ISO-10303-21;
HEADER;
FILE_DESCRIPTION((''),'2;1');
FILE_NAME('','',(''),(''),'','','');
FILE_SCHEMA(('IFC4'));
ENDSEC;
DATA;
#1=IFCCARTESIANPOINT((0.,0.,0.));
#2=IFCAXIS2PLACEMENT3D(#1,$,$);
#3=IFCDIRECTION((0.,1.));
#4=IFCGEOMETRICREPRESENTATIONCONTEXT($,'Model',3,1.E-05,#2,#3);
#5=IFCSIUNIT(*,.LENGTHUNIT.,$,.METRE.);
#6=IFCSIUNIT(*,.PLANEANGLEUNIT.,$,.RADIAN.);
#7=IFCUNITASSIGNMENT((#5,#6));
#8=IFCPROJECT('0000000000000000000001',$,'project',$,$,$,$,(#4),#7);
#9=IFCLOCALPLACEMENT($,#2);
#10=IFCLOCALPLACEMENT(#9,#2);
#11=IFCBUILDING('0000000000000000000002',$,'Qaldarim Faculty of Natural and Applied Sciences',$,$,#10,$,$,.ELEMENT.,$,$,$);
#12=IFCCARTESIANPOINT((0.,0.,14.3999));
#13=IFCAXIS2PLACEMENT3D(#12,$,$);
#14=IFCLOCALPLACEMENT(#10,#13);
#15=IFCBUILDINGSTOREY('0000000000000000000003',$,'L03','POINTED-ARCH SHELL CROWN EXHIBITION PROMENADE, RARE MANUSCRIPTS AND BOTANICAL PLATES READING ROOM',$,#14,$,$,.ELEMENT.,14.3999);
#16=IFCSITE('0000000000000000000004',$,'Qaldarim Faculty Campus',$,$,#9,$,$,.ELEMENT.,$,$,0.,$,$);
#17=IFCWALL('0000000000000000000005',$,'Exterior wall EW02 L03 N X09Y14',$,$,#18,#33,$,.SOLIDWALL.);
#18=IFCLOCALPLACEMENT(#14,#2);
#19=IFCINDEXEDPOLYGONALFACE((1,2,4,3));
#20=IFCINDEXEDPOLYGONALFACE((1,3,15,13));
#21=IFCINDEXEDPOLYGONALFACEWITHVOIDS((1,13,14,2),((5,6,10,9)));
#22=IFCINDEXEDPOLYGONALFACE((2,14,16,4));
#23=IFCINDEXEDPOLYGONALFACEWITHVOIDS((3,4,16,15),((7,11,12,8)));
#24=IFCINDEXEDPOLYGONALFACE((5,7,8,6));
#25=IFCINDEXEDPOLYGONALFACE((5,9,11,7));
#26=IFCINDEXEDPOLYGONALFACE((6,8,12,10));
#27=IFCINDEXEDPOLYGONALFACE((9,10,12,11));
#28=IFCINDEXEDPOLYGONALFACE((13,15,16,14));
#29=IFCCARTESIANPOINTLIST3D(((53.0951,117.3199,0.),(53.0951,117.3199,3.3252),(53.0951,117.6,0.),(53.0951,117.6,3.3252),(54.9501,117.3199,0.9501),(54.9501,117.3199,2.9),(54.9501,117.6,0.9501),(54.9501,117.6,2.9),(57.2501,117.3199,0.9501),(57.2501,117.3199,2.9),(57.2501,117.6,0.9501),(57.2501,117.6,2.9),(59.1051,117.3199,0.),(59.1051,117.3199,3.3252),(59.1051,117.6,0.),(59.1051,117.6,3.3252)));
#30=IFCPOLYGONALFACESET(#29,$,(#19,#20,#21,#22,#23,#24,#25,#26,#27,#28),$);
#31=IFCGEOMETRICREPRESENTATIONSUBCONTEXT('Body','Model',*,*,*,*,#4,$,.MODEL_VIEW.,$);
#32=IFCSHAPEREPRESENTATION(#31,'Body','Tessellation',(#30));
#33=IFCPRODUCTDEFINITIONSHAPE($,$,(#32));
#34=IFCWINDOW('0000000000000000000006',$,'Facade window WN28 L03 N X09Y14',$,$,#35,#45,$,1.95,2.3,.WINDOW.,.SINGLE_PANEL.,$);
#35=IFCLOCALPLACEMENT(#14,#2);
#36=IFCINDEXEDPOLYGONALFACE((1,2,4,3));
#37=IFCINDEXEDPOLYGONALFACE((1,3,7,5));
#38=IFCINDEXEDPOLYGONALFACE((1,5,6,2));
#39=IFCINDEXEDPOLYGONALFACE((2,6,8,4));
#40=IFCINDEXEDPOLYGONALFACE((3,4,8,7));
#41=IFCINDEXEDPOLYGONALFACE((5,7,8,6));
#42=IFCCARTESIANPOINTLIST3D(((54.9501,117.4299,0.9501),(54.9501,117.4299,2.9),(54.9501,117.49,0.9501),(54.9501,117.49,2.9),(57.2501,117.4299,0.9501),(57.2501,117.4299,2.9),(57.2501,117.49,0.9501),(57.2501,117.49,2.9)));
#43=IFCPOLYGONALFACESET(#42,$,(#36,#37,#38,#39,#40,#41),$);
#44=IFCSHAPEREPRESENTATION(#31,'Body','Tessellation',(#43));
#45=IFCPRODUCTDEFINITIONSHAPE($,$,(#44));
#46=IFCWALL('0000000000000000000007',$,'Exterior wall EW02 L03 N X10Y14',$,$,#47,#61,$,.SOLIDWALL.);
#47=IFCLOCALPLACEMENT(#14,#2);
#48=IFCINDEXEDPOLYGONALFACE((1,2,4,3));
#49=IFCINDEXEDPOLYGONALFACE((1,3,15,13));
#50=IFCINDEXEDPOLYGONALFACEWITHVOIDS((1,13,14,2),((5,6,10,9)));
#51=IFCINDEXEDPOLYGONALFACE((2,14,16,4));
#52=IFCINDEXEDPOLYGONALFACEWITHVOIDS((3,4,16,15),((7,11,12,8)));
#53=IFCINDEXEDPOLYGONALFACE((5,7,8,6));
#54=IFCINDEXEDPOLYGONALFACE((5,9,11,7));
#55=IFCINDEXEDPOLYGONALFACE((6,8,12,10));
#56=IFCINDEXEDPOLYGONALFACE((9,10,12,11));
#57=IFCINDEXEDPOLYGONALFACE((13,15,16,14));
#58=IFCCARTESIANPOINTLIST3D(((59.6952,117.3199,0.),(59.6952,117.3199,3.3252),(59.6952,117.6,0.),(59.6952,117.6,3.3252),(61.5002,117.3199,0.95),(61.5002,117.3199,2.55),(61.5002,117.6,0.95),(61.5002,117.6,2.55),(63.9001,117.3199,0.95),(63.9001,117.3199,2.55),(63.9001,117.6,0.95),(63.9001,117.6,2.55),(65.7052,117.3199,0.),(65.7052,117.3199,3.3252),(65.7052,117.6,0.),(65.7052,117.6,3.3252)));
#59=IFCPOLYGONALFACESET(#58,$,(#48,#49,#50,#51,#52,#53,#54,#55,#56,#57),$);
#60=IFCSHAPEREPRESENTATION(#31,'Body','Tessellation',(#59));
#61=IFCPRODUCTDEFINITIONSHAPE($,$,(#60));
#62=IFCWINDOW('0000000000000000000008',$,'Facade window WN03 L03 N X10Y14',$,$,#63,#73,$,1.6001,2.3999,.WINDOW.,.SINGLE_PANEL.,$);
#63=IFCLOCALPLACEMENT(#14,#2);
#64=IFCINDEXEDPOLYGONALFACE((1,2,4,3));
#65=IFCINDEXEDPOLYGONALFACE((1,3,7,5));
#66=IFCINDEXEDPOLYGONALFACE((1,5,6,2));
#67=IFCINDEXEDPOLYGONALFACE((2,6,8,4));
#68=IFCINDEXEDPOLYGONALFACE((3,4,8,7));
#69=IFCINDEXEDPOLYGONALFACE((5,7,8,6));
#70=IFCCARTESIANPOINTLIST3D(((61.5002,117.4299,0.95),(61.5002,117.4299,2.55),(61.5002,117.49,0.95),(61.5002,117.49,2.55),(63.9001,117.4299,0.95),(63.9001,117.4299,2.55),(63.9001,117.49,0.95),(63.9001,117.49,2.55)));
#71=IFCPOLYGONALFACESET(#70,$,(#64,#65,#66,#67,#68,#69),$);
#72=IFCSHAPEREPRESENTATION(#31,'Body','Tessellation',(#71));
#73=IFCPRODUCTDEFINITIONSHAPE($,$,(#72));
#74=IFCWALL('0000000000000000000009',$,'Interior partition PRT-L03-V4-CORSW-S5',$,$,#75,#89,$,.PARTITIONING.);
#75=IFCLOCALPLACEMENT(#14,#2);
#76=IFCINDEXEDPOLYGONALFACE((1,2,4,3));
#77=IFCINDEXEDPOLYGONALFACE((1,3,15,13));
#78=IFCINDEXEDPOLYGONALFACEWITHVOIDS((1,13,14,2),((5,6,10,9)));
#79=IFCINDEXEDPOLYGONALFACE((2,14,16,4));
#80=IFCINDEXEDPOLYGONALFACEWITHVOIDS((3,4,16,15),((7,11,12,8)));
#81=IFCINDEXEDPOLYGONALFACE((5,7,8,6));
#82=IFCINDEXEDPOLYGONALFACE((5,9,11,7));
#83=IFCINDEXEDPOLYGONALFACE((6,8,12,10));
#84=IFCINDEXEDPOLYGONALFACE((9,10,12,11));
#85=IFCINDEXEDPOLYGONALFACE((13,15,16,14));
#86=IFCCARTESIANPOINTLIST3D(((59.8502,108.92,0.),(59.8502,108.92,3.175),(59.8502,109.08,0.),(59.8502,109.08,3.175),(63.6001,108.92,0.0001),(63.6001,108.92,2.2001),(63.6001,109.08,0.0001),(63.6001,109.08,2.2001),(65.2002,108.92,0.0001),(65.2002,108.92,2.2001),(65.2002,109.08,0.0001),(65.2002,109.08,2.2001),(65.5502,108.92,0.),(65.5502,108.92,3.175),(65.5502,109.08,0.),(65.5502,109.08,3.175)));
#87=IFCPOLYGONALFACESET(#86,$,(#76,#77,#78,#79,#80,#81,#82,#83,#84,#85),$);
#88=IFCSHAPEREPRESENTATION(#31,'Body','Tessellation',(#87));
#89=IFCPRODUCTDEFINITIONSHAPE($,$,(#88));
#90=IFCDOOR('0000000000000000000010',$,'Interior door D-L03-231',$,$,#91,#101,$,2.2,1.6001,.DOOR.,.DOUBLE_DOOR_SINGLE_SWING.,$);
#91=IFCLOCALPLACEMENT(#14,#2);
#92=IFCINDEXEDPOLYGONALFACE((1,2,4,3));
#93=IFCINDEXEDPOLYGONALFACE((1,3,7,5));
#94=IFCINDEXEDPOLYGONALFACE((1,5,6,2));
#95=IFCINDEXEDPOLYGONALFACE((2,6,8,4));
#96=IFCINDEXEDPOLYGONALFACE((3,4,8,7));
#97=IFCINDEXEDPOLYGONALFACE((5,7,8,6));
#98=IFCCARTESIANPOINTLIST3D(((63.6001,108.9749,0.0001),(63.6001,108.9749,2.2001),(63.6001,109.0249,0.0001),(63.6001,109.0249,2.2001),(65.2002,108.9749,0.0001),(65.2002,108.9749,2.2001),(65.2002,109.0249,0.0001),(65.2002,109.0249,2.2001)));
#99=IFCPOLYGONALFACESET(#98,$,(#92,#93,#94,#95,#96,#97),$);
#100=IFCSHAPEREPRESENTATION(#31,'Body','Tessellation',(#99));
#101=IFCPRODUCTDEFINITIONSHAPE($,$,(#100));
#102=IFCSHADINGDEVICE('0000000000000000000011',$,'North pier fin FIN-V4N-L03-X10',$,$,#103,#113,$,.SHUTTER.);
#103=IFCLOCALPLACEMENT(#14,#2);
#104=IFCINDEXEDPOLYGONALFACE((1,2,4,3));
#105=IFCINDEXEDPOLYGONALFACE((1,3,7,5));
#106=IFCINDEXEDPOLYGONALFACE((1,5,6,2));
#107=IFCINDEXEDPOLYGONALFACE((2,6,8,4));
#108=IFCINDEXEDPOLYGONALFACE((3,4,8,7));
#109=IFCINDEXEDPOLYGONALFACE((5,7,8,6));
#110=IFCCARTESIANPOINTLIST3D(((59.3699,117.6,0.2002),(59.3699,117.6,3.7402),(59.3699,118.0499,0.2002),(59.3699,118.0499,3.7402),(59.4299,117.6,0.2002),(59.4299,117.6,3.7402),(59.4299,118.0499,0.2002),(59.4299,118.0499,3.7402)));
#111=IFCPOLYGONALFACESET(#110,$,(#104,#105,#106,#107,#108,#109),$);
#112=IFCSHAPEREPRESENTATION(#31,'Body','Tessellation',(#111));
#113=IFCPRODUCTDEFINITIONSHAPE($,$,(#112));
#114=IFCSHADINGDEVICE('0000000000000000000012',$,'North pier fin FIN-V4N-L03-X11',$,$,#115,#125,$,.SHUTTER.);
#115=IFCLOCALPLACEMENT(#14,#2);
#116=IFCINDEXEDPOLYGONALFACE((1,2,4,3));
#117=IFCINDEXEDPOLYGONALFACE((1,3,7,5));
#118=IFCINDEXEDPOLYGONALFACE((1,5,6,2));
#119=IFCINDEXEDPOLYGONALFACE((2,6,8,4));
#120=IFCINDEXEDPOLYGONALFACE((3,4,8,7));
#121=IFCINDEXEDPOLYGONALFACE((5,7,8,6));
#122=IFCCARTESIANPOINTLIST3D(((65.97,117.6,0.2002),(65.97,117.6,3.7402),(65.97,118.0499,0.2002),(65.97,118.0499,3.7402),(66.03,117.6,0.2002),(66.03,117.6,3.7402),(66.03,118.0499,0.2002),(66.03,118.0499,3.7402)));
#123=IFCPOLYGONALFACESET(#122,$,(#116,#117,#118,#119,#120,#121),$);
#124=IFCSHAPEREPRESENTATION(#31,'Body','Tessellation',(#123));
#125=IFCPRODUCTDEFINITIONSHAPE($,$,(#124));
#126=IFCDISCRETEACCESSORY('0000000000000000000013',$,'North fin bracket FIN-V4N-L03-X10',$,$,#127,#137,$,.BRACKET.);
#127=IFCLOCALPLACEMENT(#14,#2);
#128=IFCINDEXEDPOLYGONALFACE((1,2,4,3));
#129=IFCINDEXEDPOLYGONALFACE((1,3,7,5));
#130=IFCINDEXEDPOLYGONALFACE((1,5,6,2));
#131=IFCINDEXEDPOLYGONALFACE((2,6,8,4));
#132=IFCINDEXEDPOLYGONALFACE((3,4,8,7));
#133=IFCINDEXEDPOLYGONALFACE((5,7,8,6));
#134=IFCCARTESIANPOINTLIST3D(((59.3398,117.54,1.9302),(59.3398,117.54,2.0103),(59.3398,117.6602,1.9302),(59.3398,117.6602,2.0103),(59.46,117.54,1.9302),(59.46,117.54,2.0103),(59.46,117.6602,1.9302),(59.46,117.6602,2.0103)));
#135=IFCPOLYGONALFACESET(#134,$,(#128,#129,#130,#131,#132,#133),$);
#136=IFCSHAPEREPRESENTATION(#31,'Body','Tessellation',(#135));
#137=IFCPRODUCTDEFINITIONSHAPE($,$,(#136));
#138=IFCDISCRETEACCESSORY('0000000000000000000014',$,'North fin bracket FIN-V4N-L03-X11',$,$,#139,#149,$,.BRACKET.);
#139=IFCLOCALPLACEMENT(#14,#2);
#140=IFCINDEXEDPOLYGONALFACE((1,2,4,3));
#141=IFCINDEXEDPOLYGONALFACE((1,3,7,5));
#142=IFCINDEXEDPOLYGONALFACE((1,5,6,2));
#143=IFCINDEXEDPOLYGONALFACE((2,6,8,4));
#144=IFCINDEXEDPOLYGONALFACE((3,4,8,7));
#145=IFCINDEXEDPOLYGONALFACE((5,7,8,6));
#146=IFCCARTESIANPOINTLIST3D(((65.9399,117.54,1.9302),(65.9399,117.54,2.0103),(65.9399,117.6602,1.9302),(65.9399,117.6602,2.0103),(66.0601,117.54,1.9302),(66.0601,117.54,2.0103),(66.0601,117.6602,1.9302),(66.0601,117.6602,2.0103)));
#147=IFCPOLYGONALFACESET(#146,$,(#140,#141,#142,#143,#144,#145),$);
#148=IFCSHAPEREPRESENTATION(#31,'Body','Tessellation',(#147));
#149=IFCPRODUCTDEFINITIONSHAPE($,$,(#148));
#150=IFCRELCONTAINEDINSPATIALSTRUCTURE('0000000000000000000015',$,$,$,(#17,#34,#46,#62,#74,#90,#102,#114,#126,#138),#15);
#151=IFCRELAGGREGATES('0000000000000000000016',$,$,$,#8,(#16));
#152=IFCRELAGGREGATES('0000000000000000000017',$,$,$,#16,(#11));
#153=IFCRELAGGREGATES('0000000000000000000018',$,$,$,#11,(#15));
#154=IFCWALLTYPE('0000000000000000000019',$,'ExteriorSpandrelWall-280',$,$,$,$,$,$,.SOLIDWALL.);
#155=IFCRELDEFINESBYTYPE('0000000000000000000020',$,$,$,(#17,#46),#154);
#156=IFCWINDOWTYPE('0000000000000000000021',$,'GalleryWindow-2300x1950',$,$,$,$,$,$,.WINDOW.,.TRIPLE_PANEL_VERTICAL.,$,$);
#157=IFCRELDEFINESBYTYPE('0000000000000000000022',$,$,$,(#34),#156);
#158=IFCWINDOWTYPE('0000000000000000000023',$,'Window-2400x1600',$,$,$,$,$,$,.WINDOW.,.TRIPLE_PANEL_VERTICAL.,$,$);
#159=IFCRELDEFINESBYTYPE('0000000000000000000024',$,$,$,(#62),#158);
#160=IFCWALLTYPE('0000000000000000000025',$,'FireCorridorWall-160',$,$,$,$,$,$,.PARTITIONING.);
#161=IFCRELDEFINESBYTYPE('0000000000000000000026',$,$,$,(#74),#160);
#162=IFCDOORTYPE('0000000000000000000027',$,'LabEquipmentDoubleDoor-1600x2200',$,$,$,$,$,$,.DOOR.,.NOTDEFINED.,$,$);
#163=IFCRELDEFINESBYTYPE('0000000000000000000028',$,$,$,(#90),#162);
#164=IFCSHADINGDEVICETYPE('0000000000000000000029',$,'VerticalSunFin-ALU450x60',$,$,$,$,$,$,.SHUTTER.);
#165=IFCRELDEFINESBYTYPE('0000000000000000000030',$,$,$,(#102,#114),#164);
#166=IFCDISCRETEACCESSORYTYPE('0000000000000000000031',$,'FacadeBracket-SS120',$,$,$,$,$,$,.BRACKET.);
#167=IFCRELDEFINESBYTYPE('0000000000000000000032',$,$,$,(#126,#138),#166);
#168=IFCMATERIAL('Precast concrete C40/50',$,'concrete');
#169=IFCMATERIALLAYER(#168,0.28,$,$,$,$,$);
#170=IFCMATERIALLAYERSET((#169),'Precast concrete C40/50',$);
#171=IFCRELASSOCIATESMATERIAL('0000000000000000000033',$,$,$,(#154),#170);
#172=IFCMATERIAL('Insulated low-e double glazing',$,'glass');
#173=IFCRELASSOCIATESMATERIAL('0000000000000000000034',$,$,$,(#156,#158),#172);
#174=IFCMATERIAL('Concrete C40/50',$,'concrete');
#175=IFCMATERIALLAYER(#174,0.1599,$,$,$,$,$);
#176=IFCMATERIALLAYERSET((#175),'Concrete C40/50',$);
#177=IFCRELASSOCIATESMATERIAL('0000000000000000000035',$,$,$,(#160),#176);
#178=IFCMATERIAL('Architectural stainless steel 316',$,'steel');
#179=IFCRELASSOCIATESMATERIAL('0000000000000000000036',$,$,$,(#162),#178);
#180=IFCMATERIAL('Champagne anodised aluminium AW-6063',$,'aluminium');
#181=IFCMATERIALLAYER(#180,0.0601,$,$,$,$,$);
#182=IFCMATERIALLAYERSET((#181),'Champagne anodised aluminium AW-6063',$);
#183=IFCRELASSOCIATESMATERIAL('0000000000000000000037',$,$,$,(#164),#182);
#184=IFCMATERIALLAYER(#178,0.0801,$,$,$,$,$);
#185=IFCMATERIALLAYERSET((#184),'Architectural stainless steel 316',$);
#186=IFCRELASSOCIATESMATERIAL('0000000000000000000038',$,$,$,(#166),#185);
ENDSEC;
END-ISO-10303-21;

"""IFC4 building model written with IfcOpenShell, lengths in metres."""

from ifc_helpers import new_model, si_unit, direction, frame, frame_2d, origin, origin_2d, place, context, subcontext, project, spatial, rectangle, extrude, material, layer, layer_set, type_object, element, fill, save


model = new_model("IFC4")

# Units and contexts
model_context = context("Model", 3, precision=1e-05, world=origin(), true_north=direction((0.0, 1.0)))
body_context = subcontext(model_context, "Body", "Model", "MODEL_VIEW")
ifc_project = project(units=[si_unit("LENGTHUNIT", "METRE"), si_unit("PLANEANGLEUNIT", "RADIAN")], contexts=[model_context])

# Site, building, storey
site_placement = place(None, origin())
site = spatial("IfcSite", under=ifc_project, at=site_placement, Name="Qaldarim Faculty Campus", CompositionType="ELEMENT", RefElevation=0.0)
building_placement = place(site_placement, origin())
building = spatial("IfcBuilding", under=site, at=building_placement, Name="Qaldarim Faculty of Natural and Applied Sciences", CompositionType="ELEMENT")
storey_placement = place(building_placement, frame((0.0, 0.0, 14.3999)))
storey = spatial("IfcBuildingStorey", under=building, at=storey_placement, Name="L03", Description="POINTED-ARCH SHELL CROWN EXHIBITION PROMENADE, RARE MANUSCRIPTS AND BOTANICAL PLATES READING ROOM", CompositionType="ELEMENT", Elevation=14.3999)

# Shared definitions
ifc_material_1 = material(Name="Concrete C40/50", Category="concrete")

# Shared definitions
ifc_material_2 = material(Name="Precast concrete C40/50", Category="concrete")

# Walls, openings, windows
ifc_layer_1 = layer(ifc_material_2, 0.28)
ifc_layer_set_1 = layer_set([ifc_layer_1], Name="Precast concrete C40/50")
wall_type_1 = type_object("IfcWallType", Name="ExteriorSpandrelWall-280", PredefinedType="SOLIDWALL", material=ifc_layer_set_1)
wall_1_placement = place(storey_placement, frame((59.105, 117.46, 0.0), z_axis=(0.0, 0.0, 1.0), x_axis=(-1.0, 0.0, 0.0)))
wall_1 = element("IfcWall", 1, at=wall_1_placement, inside=storey, type_object=wall_type_1, Name="Exterior wall EW02 L03 N X09Y14", PredefinedType="SOLIDWALL", context=body_context, shape_type="SweptSolid", body=[
    extrude(rectangle(XDim=6.01, YDim=0.28, at=frame_2d((3.0049, 0.0))), origin(), (0.0, 0.0, 1.0), 3.3252),
])
opening_1_placement = place(wall_1_placement, frame((1.855, 0.0, 0.95)))
opening_1 = element("IfcOpeningElement", 2, at=opening_1_placement, cuts=wall_1, PredefinedType="OPENING", context=body_context, shape_type="SweptSolid", body=[
    extrude(rectangle(XDim=2.3, YDim=1.95, at=frame_2d((1.1499, 0.9751))), frame((0.0, 0.1499, 0.0), z_axis=(0.0, -1.0, 0.0), x_axis=(1.0, 0.0, 0.0)), (0.0, 0.0, 1.0), 0.3),
])
ifc_material_3 = material(Name="Insulated low-e double glazing", Category="glass")
window_type_1 = type_object("IfcWindowType", Name="GalleryWindow-2300x1950", PartitioningType="TRIPLE_PANEL_VERTICAL", PredefinedType="WINDOW", material=ifc_material_3)
window_1_placement = place(opening_1_placement, origin())
window_1 = element("IfcWindow", 3, at=window_1_placement, inside=storey, type_object=window_type_1, Name="Facade window WN28 L03 N X09Y14", OverallHeight=1.95, OverallWidth=2.3, PartitioningType="SINGLE_PANEL", PredefinedType="WINDOW", context=body_context, shape_type="SweptSolid", body=[
    extrude(rectangle(XDim=2.3, YDim=1.95, at=frame_2d((1.1499, 0.9751))), frame((0.0, 0.03, 0.0), z_axis=(0.0, -1.0, 0.0), x_axis=(1.0, 0.0, 0.0)), (0.0, 0.0, 1.0), 0.0601),
])
fill(opening_1, window_1)
wall_2_placement = place(storey_placement, frame((65.7051, 117.46, 0.0), z_axis=(0.0, 0.0, 1.0), x_axis=(-1.0, 0.0, 0.0)))
wall_2 = element("IfcWall", 4, at=wall_2_placement, inside=storey, type_object=wall_type_1, Name="Exterior wall EW02 L03 N X10Y14", PredefinedType="SOLIDWALL", context=body_context, shape_type="SweptSolid", body=[
    extrude(rectangle(XDim=6.01, YDim=0.28, at=frame_2d((3.0049, 0.0))), origin(), (0.0, 0.0, 1.0), 3.3252),
])
opening_2_placement = place(wall_2_placement, frame((1.8049, 0.0, 0.95)))
opening_2 = element("IfcOpeningElement", 5, at=opening_2_placement, cuts=wall_2, PredefinedType="OPENING", context=body_context, shape_type="SweptSolid", body=[
    extrude(rectangle(XDim=2.3999, YDim=1.6001, at=frame_2d((1.2, 0.8))), frame((0.0, 0.1499, 0.0), z_axis=(0.0, -1.0, 0.0), x_axis=(1.0, 0.0, 0.0)), (0.0, 0.0, 1.0), 0.3),
])
window_type_2 = type_object("IfcWindowType", Name="Window-2400x1600", PartitioningType="TRIPLE_PANEL_VERTICAL", PredefinedType="WINDOW", material=ifc_material_3)
window_2_placement = place(opening_2_placement, origin())
window_2 = element("IfcWindow", 6, at=window_2_placement, inside=storey, type_object=window_type_2, Name="Facade window WN03 L03 N X10Y14", OverallHeight=1.6001, OverallWidth=2.3999, PartitioningType="SINGLE_PANEL", PredefinedType="WINDOW", context=body_context, shape_type="SweptSolid", body=[
    extrude(rectangle(XDim=2.3999, YDim=1.6001, at=frame_2d((1.2, 0.8))), frame((0.0, 0.03, 0.0), z_axis=(0.0, -1.0, 0.0), x_axis=(1.0, 0.0, 0.0)), (0.0, 0.0, 1.0), 0.0601),
])
fill(opening_2, window_2)

# Wall, opening, door
ifc_layer_2 = layer(ifc_material_1, 0.1599)
ifc_layer_set_2 = layer_set([ifc_layer_2], Name="Concrete C40/50")
wall_type_2 = type_object("IfcWallType", Name="FireCorridorWall-160", PredefinedType="PARTITIONING", material=ifc_layer_set_2)
wall_3_placement = place(storey_placement, frame((59.8501, 109.0, 0.0), z_axis=(0.0, 0.0, 1.0), x_axis=(1.0, 0.0, 0.0)))
wall_3 = element("IfcWall", 7, at=wall_3_placement, inside=storey, type_object=wall_type_2, Name="Interior partition PRT-L03-V4-CORSW-S5", PredefinedType="PARTITIONING", context=body_context, shape_type="SweptSolid", body=[
    extrude(rectangle(XDim=5.7, YDim=0.1599, at=frame_2d((2.8501, 0.0))), origin(), (0.0, 0.0, 1.0), 3.175),
])
opening_3_placement = place(wall_3_placement, frame((3.75, 0.0, 0.0)))
opening_3 = element("IfcOpeningElement", 8, at=opening_3_placement, cuts=wall_3, PredefinedType="OPENING", context=body_context, shape_type="SweptSolid", body=[
    extrude(rectangle(XDim=1.6001, YDim=2.2, at=frame_2d((0.8, 1.1001))), frame((0.0, 0.0898, 0.0), z_axis=(0.0, -1.0, 0.0), x_axis=(1.0, 0.0, 0.0)), (0.0, 0.0, 1.0), 0.1799),
])
ifc_material_4 = material(Name="Architectural stainless steel 316", Category="steel")
door_type = type_object("IfcDoorType", Name="LabEquipmentDoubleDoor-1600x2200", OperationType="NOTDEFINED", PredefinedType="DOOR", material=ifc_material_4)
door_placement = place(opening_3_placement, origin())
door = element("IfcDoor", 9, at=door_placement, inside=storey, type_object=door_type, Name="Interior door D-L03-231", OperationType="DOUBLE_DOOR_SINGLE_SWING", OverallHeight=2.2, OverallWidth=1.6001, PredefinedType="DOOR", context=body_context, shape_type="SweptSolid", body=[
    extrude(rectangle(XDim=1.6001, YDim=2.2, at=frame_2d((0.8, 1.1001))), frame((0.0, 0.0249, 0.0), z_axis=(0.0, -1.0, 0.0), x_axis=(1.0, 0.0, 0.0)), (0.0, 0.0, 1.0), 0.05),
])
fill(opening_3, door)

# Shading devices
ifc_material_5 = material(Name="Champagne anodised aluminium AW-6063", Category="aluminium")
ifc_layer_3 = layer(ifc_material_5, 0.0601)
ifc_layer_set_3 = layer_set([ifc_layer_3], Name="Champagne anodised aluminium AW-6063")
shading_device_type = type_object("IfcShadingDeviceType", Name="VerticalSunFin-ALU450x60", PredefinedType="SHUTTER", material=ifc_layer_set_3)
for number, where, z_axis, x_axis, name in (
    (10, (59.3999, 117.825, 0.2002), (0.0, 0.0, 1.0), (1.0, 0.0, 0.0), "North pier fin FIN-V4N-L03-X10"),
    (11, (66.0, 117.825, 0.2002), (0.0, 0.0, 1.0), (1.0, 0.0, 0.0), "North pier fin FIN-V4N-L03-X11"),
):
    element("IfcShadingDevice", number, at=place(storey_placement, frame(where, z_axis=z_axis, x_axis=x_axis)), inside=storey, type_object=shading_device_type, Name=name, PredefinedType="SHUTTER", context=body_context, shape_type="SweptSolid", body=[
        extrude(rectangle(XDim=0.0601, YDim=0.45, at=origin_2d()), origin(), (0.0, 0.0, 1.0), 3.54),
    ])

# Discrete accessories
ifc_layer_4 = layer(ifc_material_4, 0.0801)
ifc_layer_set_4 = layer_set([ifc_layer_4], Name="Architectural stainless steel 316")
discrete_accessory_type = type_object("IfcDiscreteAccessoryType", Name="FacadeBracket-SS120", PredefinedType="BRACKET", material=ifc_layer_set_4)
for number, where, z_axis, x_axis, name in (
    (12, (59.3999, 117.6001, 1.9302), (0.0, 0.0, 1.0), (1.0, 0.0, 0.0), "North fin bracket FIN-V4N-L03-X10"),
    (13, (66.0, 117.6001, 1.9302), (0.0, 0.0, 1.0), (1.0, 0.0, 0.0), "North fin bracket FIN-V4N-L03-X11"),
):
    element("IfcDiscreteAccessory", number, at=place(storey_placement, frame(where, z_axis=z_axis, x_axis=x_axis)), inside=storey, type_object=discrete_accessory_type, Name=name, PredefinedType="BRACKET", context=body_context, shape_type="SweptSolid", body=[
        extrude(rectangle(XDim=0.1201, YDim=0.1201, at=origin_2d()), origin(), (0.0, 0.0, 1.0), 0.0801),
    ])

save(model, "model.ifc")
